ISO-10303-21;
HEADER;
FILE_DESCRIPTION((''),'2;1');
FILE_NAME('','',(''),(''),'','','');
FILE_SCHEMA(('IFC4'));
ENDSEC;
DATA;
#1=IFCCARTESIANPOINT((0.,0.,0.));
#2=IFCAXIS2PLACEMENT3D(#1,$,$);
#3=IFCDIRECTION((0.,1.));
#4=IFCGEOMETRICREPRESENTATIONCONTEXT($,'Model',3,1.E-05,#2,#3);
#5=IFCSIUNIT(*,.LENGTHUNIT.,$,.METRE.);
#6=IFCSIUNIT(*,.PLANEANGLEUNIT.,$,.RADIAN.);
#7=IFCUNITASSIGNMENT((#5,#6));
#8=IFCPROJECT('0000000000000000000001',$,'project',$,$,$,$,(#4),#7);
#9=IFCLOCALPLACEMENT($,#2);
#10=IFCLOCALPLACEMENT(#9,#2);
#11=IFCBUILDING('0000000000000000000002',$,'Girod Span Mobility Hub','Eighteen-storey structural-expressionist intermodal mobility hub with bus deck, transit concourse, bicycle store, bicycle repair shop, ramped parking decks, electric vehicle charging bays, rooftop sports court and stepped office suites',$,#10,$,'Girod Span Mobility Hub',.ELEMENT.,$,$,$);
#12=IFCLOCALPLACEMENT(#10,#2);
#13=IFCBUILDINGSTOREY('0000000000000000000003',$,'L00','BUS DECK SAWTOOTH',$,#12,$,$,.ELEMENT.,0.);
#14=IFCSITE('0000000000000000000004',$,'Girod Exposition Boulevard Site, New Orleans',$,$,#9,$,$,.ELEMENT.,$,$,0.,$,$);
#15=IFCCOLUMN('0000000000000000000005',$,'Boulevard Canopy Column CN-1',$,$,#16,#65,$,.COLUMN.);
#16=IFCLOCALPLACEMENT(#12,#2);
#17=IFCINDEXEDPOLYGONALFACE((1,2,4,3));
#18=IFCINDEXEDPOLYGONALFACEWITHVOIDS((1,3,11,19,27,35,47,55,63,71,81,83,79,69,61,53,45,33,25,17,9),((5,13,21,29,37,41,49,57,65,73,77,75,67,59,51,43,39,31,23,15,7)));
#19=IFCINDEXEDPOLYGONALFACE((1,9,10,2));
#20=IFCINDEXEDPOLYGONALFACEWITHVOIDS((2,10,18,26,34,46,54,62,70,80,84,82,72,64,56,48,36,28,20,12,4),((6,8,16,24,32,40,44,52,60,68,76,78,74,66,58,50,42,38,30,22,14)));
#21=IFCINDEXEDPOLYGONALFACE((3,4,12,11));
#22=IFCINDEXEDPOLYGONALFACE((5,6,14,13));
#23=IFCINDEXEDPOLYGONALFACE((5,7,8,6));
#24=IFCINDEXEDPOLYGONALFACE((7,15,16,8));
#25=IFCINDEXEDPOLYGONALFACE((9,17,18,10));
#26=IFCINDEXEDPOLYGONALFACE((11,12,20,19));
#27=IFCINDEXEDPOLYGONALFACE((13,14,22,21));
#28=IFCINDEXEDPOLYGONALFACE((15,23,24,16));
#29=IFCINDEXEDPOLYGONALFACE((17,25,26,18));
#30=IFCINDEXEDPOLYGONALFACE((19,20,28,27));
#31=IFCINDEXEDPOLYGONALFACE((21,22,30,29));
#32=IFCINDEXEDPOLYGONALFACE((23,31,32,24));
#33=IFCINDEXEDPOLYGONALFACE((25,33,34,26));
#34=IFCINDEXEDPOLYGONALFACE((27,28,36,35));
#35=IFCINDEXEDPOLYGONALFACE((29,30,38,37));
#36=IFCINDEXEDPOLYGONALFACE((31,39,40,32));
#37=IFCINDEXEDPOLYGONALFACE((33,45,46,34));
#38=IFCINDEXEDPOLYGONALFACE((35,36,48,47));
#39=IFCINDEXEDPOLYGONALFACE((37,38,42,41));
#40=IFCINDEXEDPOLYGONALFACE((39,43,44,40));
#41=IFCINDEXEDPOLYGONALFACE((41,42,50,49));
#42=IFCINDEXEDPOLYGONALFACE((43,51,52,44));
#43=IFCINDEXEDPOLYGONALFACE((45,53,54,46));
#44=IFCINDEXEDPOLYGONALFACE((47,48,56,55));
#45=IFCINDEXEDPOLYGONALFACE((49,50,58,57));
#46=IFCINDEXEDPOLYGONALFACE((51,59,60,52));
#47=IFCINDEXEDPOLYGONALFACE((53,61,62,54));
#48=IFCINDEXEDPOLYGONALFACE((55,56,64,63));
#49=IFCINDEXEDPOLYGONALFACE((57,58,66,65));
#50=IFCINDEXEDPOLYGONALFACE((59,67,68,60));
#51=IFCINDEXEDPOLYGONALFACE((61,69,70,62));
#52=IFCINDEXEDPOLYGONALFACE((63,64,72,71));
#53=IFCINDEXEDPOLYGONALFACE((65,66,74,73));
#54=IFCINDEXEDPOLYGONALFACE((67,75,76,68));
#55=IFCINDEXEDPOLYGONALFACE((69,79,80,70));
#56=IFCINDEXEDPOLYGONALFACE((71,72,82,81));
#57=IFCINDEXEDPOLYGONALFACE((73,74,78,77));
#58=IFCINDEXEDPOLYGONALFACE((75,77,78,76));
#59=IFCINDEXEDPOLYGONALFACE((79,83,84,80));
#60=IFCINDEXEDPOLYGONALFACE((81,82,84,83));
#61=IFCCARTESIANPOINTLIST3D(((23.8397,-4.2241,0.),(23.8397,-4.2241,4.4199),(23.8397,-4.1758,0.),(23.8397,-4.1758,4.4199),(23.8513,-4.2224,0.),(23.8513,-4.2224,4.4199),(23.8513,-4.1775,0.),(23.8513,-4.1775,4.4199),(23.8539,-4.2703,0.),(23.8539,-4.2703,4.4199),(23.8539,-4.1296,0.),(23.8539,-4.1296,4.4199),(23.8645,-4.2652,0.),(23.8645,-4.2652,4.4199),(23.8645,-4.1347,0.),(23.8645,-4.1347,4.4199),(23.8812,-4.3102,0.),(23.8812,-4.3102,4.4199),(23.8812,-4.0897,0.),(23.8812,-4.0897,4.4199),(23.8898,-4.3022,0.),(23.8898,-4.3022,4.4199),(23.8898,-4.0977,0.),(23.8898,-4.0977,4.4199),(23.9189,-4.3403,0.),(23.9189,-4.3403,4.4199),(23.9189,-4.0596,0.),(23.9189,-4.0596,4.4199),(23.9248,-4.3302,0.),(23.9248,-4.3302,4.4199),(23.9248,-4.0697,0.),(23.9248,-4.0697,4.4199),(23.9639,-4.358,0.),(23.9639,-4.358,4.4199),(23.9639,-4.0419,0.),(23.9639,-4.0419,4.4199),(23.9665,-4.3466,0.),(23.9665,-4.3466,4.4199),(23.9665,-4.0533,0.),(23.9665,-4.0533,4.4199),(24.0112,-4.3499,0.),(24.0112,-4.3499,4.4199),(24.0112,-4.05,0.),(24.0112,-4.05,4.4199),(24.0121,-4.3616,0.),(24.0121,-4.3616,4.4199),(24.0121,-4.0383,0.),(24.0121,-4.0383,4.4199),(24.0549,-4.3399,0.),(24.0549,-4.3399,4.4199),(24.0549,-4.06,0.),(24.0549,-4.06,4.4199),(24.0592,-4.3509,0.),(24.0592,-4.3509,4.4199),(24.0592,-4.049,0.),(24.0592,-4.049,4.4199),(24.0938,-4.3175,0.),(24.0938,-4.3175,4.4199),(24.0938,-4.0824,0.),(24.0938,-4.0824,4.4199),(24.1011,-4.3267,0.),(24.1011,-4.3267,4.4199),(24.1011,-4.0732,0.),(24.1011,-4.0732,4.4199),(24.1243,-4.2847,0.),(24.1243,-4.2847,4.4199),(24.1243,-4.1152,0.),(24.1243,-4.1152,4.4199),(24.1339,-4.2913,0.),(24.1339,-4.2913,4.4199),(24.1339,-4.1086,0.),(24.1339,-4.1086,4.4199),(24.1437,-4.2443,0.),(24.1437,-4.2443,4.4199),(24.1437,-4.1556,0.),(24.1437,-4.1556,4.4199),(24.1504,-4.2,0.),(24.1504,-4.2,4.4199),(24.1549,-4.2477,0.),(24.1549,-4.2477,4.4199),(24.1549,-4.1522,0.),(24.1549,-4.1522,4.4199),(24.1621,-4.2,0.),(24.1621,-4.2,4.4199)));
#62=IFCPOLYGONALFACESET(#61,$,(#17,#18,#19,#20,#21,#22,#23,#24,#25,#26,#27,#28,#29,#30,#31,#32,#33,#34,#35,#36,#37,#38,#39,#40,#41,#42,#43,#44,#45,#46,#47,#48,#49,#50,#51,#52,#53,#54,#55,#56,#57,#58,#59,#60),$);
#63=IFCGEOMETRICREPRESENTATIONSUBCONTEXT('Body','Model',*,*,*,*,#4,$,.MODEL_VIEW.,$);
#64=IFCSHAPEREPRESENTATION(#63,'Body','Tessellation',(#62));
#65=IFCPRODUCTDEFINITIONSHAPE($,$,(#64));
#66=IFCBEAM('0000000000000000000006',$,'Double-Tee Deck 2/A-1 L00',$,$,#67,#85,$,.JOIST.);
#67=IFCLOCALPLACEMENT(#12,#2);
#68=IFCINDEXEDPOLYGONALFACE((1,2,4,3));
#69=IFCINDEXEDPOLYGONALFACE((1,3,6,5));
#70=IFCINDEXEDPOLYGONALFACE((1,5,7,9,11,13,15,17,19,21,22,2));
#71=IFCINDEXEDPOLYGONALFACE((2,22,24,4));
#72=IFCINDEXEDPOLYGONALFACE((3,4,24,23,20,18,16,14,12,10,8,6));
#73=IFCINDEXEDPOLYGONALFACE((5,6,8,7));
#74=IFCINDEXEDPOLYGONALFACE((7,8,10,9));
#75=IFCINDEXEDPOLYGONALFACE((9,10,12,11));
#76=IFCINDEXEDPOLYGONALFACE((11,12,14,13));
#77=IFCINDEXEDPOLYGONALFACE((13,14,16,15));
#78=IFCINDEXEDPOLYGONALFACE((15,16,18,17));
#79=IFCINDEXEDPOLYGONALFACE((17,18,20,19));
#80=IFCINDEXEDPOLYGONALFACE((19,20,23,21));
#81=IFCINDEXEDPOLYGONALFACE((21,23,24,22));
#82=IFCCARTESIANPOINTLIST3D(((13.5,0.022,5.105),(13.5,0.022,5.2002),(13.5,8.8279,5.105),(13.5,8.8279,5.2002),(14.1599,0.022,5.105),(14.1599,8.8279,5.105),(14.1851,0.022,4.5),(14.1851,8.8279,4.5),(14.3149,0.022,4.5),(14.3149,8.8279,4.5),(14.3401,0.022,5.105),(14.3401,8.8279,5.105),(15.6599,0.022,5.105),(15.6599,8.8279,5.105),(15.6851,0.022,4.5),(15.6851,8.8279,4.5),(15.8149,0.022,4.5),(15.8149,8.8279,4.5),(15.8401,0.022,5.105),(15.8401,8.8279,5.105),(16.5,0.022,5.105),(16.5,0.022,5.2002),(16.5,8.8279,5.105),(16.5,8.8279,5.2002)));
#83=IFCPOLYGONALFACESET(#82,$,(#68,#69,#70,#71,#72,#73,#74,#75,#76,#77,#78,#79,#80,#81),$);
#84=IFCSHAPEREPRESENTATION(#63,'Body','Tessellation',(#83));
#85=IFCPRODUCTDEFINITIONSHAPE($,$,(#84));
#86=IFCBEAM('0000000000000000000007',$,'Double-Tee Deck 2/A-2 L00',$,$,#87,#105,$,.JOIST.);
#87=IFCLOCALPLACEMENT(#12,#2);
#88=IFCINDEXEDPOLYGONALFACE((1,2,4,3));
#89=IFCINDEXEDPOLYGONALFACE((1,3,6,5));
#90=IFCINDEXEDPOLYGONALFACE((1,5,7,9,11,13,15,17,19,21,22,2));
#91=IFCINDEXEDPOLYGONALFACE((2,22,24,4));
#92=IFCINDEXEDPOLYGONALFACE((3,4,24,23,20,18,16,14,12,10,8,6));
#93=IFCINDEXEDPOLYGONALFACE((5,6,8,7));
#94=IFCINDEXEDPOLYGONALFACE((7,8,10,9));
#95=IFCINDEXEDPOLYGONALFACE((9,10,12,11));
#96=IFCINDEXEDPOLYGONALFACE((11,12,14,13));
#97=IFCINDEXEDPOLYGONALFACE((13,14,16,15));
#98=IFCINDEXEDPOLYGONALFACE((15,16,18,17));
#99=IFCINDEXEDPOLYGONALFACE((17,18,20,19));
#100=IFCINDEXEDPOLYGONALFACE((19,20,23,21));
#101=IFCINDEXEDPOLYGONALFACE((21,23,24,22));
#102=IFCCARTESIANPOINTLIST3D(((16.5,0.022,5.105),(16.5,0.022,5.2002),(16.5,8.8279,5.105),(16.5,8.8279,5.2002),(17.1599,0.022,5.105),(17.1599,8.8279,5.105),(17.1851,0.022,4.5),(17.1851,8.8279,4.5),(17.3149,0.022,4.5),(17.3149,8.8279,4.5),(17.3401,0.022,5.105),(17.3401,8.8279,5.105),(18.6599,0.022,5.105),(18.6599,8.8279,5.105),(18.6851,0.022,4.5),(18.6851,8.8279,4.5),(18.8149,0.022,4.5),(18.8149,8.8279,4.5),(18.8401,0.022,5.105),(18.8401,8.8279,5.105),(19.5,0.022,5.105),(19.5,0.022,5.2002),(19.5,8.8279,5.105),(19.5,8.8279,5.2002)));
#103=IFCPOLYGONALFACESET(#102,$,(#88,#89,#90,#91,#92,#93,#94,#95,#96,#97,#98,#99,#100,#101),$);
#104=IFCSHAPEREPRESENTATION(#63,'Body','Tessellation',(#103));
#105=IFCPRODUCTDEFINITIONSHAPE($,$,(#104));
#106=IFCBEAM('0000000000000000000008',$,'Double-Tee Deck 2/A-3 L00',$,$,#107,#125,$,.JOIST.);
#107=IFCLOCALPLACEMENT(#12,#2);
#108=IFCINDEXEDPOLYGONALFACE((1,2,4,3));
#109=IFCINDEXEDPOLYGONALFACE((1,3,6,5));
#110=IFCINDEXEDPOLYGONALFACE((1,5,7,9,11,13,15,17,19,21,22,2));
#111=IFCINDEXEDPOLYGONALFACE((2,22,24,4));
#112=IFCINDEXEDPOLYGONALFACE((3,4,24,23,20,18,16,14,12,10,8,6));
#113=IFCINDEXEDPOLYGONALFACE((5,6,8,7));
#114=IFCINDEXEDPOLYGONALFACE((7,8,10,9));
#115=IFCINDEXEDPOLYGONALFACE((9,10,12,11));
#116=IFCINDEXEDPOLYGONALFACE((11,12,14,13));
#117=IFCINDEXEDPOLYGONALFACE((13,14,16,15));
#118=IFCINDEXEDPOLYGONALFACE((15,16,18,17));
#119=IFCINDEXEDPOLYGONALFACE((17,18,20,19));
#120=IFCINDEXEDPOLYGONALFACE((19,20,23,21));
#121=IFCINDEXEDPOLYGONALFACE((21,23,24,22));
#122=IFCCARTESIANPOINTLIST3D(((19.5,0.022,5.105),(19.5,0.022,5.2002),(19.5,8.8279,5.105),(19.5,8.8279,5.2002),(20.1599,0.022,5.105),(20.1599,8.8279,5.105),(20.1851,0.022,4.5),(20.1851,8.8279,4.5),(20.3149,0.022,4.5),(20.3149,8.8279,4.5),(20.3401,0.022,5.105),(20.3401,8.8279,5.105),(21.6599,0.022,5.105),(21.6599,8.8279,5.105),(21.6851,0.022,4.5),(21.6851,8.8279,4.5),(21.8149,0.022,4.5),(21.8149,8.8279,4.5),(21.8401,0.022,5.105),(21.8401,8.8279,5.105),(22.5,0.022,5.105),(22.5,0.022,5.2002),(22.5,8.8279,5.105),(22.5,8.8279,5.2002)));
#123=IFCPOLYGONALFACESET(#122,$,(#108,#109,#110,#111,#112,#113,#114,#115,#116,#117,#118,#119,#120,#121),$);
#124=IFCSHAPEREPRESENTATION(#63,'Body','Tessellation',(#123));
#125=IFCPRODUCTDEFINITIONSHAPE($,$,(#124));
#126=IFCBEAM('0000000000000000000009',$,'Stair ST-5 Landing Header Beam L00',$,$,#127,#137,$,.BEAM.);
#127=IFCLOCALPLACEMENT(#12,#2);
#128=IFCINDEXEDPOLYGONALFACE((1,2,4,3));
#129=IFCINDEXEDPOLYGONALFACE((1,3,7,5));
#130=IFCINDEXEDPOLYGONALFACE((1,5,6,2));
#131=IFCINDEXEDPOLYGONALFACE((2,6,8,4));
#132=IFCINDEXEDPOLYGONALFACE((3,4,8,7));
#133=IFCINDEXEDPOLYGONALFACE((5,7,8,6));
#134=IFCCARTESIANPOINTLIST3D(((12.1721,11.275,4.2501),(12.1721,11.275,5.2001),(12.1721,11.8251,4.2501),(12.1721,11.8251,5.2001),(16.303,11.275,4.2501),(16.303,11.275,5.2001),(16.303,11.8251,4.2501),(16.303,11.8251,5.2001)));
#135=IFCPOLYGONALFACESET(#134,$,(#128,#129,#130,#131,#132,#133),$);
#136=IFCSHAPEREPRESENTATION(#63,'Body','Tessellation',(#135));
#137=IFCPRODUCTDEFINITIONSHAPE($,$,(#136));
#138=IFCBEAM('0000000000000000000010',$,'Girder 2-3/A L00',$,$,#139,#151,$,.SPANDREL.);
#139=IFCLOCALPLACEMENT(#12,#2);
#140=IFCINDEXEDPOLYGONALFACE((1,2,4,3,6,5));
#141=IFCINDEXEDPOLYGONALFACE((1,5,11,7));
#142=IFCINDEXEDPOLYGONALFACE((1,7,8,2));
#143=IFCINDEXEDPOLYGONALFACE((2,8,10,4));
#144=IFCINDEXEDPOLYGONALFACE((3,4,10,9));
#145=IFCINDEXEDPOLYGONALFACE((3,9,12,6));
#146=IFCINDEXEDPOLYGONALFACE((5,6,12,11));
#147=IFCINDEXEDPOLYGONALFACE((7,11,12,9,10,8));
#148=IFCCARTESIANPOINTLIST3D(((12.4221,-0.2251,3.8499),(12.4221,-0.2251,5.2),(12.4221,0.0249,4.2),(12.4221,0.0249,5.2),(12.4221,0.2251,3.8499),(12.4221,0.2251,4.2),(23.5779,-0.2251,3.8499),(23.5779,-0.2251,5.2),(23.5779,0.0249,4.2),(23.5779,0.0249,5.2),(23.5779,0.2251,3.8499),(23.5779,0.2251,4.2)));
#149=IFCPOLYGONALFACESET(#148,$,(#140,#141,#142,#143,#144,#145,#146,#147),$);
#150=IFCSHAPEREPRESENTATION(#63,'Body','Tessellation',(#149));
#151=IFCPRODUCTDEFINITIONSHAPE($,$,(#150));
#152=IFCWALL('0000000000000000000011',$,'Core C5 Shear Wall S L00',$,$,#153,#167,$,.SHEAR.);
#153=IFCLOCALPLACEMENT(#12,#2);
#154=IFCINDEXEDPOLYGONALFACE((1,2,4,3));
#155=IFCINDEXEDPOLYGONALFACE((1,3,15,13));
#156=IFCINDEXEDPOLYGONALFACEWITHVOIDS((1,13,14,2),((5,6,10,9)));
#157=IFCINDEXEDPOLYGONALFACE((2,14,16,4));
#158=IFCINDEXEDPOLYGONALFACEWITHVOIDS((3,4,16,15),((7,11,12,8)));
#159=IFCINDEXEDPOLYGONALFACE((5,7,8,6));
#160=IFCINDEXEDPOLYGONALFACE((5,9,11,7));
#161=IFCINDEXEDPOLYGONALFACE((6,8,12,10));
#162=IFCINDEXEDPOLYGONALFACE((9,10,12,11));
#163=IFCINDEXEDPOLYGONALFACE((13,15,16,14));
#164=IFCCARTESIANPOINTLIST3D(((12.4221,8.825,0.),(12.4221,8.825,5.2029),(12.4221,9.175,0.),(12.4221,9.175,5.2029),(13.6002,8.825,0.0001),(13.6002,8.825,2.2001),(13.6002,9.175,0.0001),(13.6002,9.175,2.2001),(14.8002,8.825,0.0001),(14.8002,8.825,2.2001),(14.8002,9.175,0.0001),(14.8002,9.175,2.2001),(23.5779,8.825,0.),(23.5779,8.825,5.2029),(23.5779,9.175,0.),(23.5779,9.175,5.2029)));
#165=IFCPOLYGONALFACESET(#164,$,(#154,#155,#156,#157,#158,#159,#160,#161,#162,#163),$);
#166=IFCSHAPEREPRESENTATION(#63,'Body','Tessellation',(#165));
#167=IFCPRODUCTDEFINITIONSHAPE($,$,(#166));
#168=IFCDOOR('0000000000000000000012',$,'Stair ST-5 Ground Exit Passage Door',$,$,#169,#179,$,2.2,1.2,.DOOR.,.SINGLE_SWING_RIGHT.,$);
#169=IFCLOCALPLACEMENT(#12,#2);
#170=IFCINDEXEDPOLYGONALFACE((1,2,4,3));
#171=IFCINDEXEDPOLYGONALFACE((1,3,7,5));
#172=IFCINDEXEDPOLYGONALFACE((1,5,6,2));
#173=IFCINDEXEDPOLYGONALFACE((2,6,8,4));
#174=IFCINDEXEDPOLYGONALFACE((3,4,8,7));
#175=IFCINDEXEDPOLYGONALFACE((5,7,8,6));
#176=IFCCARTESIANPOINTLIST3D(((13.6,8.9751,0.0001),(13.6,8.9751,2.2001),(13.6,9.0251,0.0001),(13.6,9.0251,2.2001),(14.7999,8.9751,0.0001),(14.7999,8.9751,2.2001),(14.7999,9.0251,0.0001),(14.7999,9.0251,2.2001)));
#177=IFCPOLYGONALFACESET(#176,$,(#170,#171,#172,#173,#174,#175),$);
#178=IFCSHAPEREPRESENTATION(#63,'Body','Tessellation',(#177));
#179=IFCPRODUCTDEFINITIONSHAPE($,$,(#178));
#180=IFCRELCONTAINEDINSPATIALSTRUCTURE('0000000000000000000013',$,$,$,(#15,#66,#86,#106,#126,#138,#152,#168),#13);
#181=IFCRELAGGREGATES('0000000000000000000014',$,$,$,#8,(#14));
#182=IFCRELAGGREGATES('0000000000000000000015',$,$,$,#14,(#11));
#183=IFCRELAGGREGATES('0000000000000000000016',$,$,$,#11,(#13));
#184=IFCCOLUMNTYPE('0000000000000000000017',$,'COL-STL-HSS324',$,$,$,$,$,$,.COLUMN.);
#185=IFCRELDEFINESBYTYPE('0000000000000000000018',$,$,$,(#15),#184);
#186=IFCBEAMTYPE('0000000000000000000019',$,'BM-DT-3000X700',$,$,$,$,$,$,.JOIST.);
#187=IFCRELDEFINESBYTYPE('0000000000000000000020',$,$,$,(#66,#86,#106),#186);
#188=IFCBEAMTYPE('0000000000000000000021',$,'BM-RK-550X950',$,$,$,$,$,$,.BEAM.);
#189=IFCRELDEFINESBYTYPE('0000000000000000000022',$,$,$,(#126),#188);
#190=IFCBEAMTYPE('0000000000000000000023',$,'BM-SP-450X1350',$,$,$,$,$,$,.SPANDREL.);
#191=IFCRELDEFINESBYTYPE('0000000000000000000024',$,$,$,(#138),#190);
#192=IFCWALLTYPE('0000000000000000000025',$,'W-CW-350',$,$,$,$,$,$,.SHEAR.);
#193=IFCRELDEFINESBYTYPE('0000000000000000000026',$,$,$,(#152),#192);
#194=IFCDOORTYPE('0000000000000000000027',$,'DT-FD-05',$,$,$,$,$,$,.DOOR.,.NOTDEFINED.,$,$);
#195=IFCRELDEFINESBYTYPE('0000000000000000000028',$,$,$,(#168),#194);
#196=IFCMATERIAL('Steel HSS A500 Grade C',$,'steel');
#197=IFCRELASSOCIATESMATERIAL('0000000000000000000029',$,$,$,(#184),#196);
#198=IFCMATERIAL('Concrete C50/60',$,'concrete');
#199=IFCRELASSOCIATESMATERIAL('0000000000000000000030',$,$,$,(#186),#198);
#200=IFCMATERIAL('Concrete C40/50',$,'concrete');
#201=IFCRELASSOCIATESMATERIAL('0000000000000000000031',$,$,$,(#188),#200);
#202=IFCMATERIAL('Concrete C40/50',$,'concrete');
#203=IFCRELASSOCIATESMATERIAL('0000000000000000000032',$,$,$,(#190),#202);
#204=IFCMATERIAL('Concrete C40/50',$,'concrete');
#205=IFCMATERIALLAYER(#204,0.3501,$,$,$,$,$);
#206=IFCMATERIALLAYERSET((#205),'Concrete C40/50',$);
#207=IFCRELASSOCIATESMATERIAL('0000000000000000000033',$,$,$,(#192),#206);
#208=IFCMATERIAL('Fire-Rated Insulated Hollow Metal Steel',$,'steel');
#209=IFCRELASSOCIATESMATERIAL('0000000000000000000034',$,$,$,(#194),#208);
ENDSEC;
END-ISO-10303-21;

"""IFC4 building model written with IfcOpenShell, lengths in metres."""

from ifc_helpers import new_model, si_unit, direction, frame, frame_2d, origin, origin_2d, place, context, subcontext, project, spatial, polyline, rectangle, hollow_circle, outline, extrude, material, layer, layer_set, material_profile, profile_set, type_object, element, fill, save


model = new_model("IFC4")

# Units and contexts
model_context = context("Model", 3, precision=1e-05, world=origin(), true_north=direction((0.0, 1.0)))
body_context = subcontext(model_context, "Body", "Model", "MODEL_VIEW")
ifc_project = project(units=[si_unit("LENGTHUNIT", "METRE"), si_unit("PLANEANGLEUNIT", "RADIAN")], contexts=[model_context])

# Site, building, storey
site_placement = place(None, origin())
site = spatial("IfcSite", under=ifc_project, at=site_placement, Name="Girod Exposition Boulevard Site, New Orleans", CompositionType="ELEMENT", RefElevation=0.0)
building_placement = place(site_placement, origin())
building = spatial("IfcBuilding", under=site, at=building_placement, Name="Girod Span Mobility Hub", Description="Eighteen-storey structural-expressionist intermodal mobility hub with bus deck, transit concourse, bicycle store, bicycle repair shop, ramped parking decks, electric vehicle charging bays, rooftop sports court and stepped office suites", LongName="Girod Span Mobility Hub", CompositionType="ELEMENT")
storey_placement = place(building_placement, origin())
storey = spatial("IfcBuildingStorey", under=building, at=storey_placement, Name="L00", Description="BUS DECK SAWTOOTH", CompositionType="ELEMENT", Elevation=0.0)

# Column
ifc_material_1 = material(Name="Steel HSS A500 Grade C", Category="steel")
ifc_material_profile_1 = material_profile(ifc_material_1, hollow_circle(Radius=0.1621, WallThickness=0.0117, at=origin_2d()), Name="HSS324X12.7")
ifc_profile_set_1 = profile_set([ifc_material_profile_1], Name="Steel HSS A500 Grade C")
column_type = type_object("IfcColumnType", Name="COL-STL-HSS324", PredefinedType="COLUMN", material=ifc_profile_set_1)
column_placement = place(storey_placement, frame((24.0, -4.2, 0.0), z_axis=(0.0, 0.0, 1.0), x_axis=(1.0, 0.0, 0.0)))
element("IfcColumn", 1, at=column_placement, inside=storey, type_object=column_type, Name="Boulevard Canopy Column CN-1", PredefinedType="COLUMN", context=body_context, shape_type="SweptSolid", body=[
    extrude(hollow_circle(Radius=0.1621, WallThickness=0.0117, at=origin_2d()), origin(), (0.0, 0.0, 1.0), 4.4199),
])

# Beams
ifc_material_2 = material(Name="Concrete C50/60", Category="concrete")
ifc_material_profile_2 = material_profile(ifc_material_2, outline(polyline([(-1.5, 0.3501), (-1.5, 0.2549), (-0.8401, 0.2549), (-0.8149, -0.3501), (-0.6851, -0.3501), (-0.6599, 0.2549), (0.6599, 0.2549), (0.6851, -0.3501), (0.8149, -0.3501), (0.8401, 0.2549), (1.5, 0.2549), (1.5, 0.3501), (-1.5, 0.3501)])), Name="DT-3000X700")
ifc_profile_set_2 = profile_set([ifc_material_profile_2], Name="Concrete C50/60")
beam_type_1 = type_object("IfcBeamType", Name="BM-DT-3000X700", PredefinedType="JOIST", material=ifc_profile_set_2)
for number, where, z_axis, x_axis, name in (
    (2, (15.0, 0.022, 4.8501), (0.0, 1.0, 0.0), (-1.0, 0.0, 0.0), "Double-Tee Deck 2/A-1 L00"),
    (3, (18.0, 0.022, 4.8501), (0.0, 1.0, 0.0), (-1.0, 0.0, 0.0), "Double-Tee Deck 2/A-2 L00"),
    (4, (21.0, 0.022, 4.8501), (0.0, 1.0, 0.0), (-1.0, 0.0, 0.0), "Double-Tee Deck 2/A-3 L00"),
):
    element("IfcBeam", number, at=place(storey_placement, frame(where, z_axis=z_axis, x_axis=x_axis)), inside=storey, type_object=beam_type_1, Name=name, PredefinedType="JOIST", context=body_context, shape_type="SweptSolid", body=[
        extrude(outline(polyline([(-1.5, 0.3501), (-1.5, 0.2549), (-0.8401, 0.2549), (-0.8149, -0.3501), (-0.6851, -0.3501), (-0.6599, 0.2549), (0.6599, 0.2549), (0.6851, -0.3501), (0.8149, -0.3501), (0.8401, 0.2549), (1.5, 0.2549), (1.5, 0.3501), (-1.5, 0.3501)])), origin(), (0.0, 0.0, 1.0), 8.8059),
    ])
ifc_material_3 = material(Name="Concrete C40/50", Category="concrete")
ifc_material_profile_3 = material_profile(ifc_material_3, rectangle(XDim=0.55, YDim=0.95, at=origin_2d()), Name="RK-550X950")
ifc_profile_set_3 = profile_set([ifc_material_profile_3], Name="Concrete C40/50")
beam_type_2 = type_object("IfcBeamType", Name="BM-RK-550X950", PredefinedType="BEAM", material=ifc_profile_set_3)
beam_1_placement = place(storey_placement, frame((12.1721, 11.55, 4.7251), z_axis=(1.0, 0.0, 0.0), x_axis=(0.0, 1.0, 0.0)))
element("IfcBeam", 5, at=beam_1_placement, inside=storey, type_object=beam_type_2, Name="Stair ST-5 Landing Header Beam L00", PredefinedType="BEAM", context=body_context, shape_type="SweptSolid", body=[
    extrude(rectangle(XDim=0.55, YDim=0.95, at=origin_2d()), origin(), (0.0, 0.0, 1.0), 4.1309),
])
ifc_material_4 = material(Name="Concrete C40/50", Category="concrete")
ifc_material_profile_4 = material_profile(ifc_material_4, outline(polyline([(-0.2251, -0.675), (0.2251, -0.675), (0.2251, -0.325), (0.0249, -0.325), (0.0249, 0.675), (-0.2251, 0.675), (-0.2251, -0.675)])), Name="SP-450X1350")
ifc_profile_set_4 = profile_set([ifc_material_profile_4], Name="Concrete C40/50")
beam_type_3 = type_object("IfcBeamType", Name="BM-SP-450X1350", PredefinedType="SPANDREL", material=ifc_profile_set_4)
beam_2_placement = place(storey_placement, frame((12.4221, 0.0, 4.5249), z_axis=(1.0, 0.0, 0.0), x_axis=(0.0, 1.0, 0.0)))
element("IfcBeam", 6, at=beam_2_placement, inside=storey, type_object=beam_type_3, Name="Girder 2-3/A L00", PredefinedType="SPANDREL", context=body_context, shape_type="SweptSolid", body=[
    extrude(outline(polyline([(-0.2251, -0.675), (0.2251, -0.675), (0.2251, -0.325), (0.0249, -0.325), (0.0249, 0.675), (-0.2251, 0.675), (-0.2251, -0.675)])), origin(), (0.0, 0.0, 1.0), 11.1558),
])

# Wall, opening, door
ifc_material_5 = material(Name="Concrete C40/50", Category="concrete")
ifc_layer_1 = layer(ifc_material_5, 0.3501)
ifc_layer_set_1 = layer_set([ifc_layer_1], Name="Concrete C40/50")
wall_type_1 = type_object("IfcWallType", Name="W-CW-350", PredefinedType="SHEAR", material=ifc_layer_set_1)
wall_1_placement = place(storey_placement, frame((12.4221, 9.0, 0.0), z_axis=(0.0, 0.0, 1.0), x_axis=(1.0, 0.0, 0.0)))
wall_1 = element("IfcWall", 7, at=wall_1_placement, inside=storey, type_object=wall_type_1, Name="Core C5 Shear Wall S L00", PredefinedType="SHEAR", context=body_context, shape_type="SweptSolid", body=[
    extrude(rectangle(XDim=11.1558, YDim=0.3501, at=frame_2d((5.5779, 0.0))), origin(), (0.0, 0.0, 1.0), 5.2029),
])
opening_1_placement = place(wall_1_placement, frame((1.178, 0.0, 0.0)))
opening_1 = element("IfcOpeningElement", 8, at=opening_1_placement, cuts=wall_1, PredefinedType="OPENING", context=body_context, shape_type="SweptSolid", body=[
    extrude(rectangle(XDim=1.2, YDim=2.2, at=frame_2d((0.6001, 1.1001))), frame((0.0, 0.1899, 0.0), z_axis=(0.0, -1.0, 0.0), x_axis=(1.0, 0.0, 0.0)), (0.0, 0.0, 1.0), 0.3801),
])
ifc_material_6 = material(Name="Fire-Rated Insulated Hollow Metal Steel", Category="steel")
door_type_1 = type_object("IfcDoorType", Name="DT-FD-05", OperationType="NOTDEFINED", PredefinedType="DOOR", material=ifc_material_6)
door_1_placement = place(opening_1_placement, frame((1.2, 0.0, 0.0), z_axis=(0.0, 0.0, 1.0), x_axis=(-1.0, 0.0, 0.0)))
door_1 = element("IfcDoor", 9, at=door_1_placement, inside=storey, type_object=door_type_1, Name="Stair ST-5 Ground Exit Passage Door", OperationType="SINGLE_SWING_RIGHT", OverallHeight=2.2, OverallWidth=1.2, PredefinedType="DOOR", context=body_context, shape_type="SweptSolid", body=[
    extrude(rectangle(XDim=1.2, YDim=2.2, at=frame_2d((0.6001, 1.1001))), frame((0.0, 0.0249, 0.0), z_axis=(0.0, -1.0, 0.0), x_axis=(1.0, 0.0, 0.0)), (0.0, 0.0, 1.0), 0.05),
])
fill(opening_1, door_1)

save(model, "model.ifc")
